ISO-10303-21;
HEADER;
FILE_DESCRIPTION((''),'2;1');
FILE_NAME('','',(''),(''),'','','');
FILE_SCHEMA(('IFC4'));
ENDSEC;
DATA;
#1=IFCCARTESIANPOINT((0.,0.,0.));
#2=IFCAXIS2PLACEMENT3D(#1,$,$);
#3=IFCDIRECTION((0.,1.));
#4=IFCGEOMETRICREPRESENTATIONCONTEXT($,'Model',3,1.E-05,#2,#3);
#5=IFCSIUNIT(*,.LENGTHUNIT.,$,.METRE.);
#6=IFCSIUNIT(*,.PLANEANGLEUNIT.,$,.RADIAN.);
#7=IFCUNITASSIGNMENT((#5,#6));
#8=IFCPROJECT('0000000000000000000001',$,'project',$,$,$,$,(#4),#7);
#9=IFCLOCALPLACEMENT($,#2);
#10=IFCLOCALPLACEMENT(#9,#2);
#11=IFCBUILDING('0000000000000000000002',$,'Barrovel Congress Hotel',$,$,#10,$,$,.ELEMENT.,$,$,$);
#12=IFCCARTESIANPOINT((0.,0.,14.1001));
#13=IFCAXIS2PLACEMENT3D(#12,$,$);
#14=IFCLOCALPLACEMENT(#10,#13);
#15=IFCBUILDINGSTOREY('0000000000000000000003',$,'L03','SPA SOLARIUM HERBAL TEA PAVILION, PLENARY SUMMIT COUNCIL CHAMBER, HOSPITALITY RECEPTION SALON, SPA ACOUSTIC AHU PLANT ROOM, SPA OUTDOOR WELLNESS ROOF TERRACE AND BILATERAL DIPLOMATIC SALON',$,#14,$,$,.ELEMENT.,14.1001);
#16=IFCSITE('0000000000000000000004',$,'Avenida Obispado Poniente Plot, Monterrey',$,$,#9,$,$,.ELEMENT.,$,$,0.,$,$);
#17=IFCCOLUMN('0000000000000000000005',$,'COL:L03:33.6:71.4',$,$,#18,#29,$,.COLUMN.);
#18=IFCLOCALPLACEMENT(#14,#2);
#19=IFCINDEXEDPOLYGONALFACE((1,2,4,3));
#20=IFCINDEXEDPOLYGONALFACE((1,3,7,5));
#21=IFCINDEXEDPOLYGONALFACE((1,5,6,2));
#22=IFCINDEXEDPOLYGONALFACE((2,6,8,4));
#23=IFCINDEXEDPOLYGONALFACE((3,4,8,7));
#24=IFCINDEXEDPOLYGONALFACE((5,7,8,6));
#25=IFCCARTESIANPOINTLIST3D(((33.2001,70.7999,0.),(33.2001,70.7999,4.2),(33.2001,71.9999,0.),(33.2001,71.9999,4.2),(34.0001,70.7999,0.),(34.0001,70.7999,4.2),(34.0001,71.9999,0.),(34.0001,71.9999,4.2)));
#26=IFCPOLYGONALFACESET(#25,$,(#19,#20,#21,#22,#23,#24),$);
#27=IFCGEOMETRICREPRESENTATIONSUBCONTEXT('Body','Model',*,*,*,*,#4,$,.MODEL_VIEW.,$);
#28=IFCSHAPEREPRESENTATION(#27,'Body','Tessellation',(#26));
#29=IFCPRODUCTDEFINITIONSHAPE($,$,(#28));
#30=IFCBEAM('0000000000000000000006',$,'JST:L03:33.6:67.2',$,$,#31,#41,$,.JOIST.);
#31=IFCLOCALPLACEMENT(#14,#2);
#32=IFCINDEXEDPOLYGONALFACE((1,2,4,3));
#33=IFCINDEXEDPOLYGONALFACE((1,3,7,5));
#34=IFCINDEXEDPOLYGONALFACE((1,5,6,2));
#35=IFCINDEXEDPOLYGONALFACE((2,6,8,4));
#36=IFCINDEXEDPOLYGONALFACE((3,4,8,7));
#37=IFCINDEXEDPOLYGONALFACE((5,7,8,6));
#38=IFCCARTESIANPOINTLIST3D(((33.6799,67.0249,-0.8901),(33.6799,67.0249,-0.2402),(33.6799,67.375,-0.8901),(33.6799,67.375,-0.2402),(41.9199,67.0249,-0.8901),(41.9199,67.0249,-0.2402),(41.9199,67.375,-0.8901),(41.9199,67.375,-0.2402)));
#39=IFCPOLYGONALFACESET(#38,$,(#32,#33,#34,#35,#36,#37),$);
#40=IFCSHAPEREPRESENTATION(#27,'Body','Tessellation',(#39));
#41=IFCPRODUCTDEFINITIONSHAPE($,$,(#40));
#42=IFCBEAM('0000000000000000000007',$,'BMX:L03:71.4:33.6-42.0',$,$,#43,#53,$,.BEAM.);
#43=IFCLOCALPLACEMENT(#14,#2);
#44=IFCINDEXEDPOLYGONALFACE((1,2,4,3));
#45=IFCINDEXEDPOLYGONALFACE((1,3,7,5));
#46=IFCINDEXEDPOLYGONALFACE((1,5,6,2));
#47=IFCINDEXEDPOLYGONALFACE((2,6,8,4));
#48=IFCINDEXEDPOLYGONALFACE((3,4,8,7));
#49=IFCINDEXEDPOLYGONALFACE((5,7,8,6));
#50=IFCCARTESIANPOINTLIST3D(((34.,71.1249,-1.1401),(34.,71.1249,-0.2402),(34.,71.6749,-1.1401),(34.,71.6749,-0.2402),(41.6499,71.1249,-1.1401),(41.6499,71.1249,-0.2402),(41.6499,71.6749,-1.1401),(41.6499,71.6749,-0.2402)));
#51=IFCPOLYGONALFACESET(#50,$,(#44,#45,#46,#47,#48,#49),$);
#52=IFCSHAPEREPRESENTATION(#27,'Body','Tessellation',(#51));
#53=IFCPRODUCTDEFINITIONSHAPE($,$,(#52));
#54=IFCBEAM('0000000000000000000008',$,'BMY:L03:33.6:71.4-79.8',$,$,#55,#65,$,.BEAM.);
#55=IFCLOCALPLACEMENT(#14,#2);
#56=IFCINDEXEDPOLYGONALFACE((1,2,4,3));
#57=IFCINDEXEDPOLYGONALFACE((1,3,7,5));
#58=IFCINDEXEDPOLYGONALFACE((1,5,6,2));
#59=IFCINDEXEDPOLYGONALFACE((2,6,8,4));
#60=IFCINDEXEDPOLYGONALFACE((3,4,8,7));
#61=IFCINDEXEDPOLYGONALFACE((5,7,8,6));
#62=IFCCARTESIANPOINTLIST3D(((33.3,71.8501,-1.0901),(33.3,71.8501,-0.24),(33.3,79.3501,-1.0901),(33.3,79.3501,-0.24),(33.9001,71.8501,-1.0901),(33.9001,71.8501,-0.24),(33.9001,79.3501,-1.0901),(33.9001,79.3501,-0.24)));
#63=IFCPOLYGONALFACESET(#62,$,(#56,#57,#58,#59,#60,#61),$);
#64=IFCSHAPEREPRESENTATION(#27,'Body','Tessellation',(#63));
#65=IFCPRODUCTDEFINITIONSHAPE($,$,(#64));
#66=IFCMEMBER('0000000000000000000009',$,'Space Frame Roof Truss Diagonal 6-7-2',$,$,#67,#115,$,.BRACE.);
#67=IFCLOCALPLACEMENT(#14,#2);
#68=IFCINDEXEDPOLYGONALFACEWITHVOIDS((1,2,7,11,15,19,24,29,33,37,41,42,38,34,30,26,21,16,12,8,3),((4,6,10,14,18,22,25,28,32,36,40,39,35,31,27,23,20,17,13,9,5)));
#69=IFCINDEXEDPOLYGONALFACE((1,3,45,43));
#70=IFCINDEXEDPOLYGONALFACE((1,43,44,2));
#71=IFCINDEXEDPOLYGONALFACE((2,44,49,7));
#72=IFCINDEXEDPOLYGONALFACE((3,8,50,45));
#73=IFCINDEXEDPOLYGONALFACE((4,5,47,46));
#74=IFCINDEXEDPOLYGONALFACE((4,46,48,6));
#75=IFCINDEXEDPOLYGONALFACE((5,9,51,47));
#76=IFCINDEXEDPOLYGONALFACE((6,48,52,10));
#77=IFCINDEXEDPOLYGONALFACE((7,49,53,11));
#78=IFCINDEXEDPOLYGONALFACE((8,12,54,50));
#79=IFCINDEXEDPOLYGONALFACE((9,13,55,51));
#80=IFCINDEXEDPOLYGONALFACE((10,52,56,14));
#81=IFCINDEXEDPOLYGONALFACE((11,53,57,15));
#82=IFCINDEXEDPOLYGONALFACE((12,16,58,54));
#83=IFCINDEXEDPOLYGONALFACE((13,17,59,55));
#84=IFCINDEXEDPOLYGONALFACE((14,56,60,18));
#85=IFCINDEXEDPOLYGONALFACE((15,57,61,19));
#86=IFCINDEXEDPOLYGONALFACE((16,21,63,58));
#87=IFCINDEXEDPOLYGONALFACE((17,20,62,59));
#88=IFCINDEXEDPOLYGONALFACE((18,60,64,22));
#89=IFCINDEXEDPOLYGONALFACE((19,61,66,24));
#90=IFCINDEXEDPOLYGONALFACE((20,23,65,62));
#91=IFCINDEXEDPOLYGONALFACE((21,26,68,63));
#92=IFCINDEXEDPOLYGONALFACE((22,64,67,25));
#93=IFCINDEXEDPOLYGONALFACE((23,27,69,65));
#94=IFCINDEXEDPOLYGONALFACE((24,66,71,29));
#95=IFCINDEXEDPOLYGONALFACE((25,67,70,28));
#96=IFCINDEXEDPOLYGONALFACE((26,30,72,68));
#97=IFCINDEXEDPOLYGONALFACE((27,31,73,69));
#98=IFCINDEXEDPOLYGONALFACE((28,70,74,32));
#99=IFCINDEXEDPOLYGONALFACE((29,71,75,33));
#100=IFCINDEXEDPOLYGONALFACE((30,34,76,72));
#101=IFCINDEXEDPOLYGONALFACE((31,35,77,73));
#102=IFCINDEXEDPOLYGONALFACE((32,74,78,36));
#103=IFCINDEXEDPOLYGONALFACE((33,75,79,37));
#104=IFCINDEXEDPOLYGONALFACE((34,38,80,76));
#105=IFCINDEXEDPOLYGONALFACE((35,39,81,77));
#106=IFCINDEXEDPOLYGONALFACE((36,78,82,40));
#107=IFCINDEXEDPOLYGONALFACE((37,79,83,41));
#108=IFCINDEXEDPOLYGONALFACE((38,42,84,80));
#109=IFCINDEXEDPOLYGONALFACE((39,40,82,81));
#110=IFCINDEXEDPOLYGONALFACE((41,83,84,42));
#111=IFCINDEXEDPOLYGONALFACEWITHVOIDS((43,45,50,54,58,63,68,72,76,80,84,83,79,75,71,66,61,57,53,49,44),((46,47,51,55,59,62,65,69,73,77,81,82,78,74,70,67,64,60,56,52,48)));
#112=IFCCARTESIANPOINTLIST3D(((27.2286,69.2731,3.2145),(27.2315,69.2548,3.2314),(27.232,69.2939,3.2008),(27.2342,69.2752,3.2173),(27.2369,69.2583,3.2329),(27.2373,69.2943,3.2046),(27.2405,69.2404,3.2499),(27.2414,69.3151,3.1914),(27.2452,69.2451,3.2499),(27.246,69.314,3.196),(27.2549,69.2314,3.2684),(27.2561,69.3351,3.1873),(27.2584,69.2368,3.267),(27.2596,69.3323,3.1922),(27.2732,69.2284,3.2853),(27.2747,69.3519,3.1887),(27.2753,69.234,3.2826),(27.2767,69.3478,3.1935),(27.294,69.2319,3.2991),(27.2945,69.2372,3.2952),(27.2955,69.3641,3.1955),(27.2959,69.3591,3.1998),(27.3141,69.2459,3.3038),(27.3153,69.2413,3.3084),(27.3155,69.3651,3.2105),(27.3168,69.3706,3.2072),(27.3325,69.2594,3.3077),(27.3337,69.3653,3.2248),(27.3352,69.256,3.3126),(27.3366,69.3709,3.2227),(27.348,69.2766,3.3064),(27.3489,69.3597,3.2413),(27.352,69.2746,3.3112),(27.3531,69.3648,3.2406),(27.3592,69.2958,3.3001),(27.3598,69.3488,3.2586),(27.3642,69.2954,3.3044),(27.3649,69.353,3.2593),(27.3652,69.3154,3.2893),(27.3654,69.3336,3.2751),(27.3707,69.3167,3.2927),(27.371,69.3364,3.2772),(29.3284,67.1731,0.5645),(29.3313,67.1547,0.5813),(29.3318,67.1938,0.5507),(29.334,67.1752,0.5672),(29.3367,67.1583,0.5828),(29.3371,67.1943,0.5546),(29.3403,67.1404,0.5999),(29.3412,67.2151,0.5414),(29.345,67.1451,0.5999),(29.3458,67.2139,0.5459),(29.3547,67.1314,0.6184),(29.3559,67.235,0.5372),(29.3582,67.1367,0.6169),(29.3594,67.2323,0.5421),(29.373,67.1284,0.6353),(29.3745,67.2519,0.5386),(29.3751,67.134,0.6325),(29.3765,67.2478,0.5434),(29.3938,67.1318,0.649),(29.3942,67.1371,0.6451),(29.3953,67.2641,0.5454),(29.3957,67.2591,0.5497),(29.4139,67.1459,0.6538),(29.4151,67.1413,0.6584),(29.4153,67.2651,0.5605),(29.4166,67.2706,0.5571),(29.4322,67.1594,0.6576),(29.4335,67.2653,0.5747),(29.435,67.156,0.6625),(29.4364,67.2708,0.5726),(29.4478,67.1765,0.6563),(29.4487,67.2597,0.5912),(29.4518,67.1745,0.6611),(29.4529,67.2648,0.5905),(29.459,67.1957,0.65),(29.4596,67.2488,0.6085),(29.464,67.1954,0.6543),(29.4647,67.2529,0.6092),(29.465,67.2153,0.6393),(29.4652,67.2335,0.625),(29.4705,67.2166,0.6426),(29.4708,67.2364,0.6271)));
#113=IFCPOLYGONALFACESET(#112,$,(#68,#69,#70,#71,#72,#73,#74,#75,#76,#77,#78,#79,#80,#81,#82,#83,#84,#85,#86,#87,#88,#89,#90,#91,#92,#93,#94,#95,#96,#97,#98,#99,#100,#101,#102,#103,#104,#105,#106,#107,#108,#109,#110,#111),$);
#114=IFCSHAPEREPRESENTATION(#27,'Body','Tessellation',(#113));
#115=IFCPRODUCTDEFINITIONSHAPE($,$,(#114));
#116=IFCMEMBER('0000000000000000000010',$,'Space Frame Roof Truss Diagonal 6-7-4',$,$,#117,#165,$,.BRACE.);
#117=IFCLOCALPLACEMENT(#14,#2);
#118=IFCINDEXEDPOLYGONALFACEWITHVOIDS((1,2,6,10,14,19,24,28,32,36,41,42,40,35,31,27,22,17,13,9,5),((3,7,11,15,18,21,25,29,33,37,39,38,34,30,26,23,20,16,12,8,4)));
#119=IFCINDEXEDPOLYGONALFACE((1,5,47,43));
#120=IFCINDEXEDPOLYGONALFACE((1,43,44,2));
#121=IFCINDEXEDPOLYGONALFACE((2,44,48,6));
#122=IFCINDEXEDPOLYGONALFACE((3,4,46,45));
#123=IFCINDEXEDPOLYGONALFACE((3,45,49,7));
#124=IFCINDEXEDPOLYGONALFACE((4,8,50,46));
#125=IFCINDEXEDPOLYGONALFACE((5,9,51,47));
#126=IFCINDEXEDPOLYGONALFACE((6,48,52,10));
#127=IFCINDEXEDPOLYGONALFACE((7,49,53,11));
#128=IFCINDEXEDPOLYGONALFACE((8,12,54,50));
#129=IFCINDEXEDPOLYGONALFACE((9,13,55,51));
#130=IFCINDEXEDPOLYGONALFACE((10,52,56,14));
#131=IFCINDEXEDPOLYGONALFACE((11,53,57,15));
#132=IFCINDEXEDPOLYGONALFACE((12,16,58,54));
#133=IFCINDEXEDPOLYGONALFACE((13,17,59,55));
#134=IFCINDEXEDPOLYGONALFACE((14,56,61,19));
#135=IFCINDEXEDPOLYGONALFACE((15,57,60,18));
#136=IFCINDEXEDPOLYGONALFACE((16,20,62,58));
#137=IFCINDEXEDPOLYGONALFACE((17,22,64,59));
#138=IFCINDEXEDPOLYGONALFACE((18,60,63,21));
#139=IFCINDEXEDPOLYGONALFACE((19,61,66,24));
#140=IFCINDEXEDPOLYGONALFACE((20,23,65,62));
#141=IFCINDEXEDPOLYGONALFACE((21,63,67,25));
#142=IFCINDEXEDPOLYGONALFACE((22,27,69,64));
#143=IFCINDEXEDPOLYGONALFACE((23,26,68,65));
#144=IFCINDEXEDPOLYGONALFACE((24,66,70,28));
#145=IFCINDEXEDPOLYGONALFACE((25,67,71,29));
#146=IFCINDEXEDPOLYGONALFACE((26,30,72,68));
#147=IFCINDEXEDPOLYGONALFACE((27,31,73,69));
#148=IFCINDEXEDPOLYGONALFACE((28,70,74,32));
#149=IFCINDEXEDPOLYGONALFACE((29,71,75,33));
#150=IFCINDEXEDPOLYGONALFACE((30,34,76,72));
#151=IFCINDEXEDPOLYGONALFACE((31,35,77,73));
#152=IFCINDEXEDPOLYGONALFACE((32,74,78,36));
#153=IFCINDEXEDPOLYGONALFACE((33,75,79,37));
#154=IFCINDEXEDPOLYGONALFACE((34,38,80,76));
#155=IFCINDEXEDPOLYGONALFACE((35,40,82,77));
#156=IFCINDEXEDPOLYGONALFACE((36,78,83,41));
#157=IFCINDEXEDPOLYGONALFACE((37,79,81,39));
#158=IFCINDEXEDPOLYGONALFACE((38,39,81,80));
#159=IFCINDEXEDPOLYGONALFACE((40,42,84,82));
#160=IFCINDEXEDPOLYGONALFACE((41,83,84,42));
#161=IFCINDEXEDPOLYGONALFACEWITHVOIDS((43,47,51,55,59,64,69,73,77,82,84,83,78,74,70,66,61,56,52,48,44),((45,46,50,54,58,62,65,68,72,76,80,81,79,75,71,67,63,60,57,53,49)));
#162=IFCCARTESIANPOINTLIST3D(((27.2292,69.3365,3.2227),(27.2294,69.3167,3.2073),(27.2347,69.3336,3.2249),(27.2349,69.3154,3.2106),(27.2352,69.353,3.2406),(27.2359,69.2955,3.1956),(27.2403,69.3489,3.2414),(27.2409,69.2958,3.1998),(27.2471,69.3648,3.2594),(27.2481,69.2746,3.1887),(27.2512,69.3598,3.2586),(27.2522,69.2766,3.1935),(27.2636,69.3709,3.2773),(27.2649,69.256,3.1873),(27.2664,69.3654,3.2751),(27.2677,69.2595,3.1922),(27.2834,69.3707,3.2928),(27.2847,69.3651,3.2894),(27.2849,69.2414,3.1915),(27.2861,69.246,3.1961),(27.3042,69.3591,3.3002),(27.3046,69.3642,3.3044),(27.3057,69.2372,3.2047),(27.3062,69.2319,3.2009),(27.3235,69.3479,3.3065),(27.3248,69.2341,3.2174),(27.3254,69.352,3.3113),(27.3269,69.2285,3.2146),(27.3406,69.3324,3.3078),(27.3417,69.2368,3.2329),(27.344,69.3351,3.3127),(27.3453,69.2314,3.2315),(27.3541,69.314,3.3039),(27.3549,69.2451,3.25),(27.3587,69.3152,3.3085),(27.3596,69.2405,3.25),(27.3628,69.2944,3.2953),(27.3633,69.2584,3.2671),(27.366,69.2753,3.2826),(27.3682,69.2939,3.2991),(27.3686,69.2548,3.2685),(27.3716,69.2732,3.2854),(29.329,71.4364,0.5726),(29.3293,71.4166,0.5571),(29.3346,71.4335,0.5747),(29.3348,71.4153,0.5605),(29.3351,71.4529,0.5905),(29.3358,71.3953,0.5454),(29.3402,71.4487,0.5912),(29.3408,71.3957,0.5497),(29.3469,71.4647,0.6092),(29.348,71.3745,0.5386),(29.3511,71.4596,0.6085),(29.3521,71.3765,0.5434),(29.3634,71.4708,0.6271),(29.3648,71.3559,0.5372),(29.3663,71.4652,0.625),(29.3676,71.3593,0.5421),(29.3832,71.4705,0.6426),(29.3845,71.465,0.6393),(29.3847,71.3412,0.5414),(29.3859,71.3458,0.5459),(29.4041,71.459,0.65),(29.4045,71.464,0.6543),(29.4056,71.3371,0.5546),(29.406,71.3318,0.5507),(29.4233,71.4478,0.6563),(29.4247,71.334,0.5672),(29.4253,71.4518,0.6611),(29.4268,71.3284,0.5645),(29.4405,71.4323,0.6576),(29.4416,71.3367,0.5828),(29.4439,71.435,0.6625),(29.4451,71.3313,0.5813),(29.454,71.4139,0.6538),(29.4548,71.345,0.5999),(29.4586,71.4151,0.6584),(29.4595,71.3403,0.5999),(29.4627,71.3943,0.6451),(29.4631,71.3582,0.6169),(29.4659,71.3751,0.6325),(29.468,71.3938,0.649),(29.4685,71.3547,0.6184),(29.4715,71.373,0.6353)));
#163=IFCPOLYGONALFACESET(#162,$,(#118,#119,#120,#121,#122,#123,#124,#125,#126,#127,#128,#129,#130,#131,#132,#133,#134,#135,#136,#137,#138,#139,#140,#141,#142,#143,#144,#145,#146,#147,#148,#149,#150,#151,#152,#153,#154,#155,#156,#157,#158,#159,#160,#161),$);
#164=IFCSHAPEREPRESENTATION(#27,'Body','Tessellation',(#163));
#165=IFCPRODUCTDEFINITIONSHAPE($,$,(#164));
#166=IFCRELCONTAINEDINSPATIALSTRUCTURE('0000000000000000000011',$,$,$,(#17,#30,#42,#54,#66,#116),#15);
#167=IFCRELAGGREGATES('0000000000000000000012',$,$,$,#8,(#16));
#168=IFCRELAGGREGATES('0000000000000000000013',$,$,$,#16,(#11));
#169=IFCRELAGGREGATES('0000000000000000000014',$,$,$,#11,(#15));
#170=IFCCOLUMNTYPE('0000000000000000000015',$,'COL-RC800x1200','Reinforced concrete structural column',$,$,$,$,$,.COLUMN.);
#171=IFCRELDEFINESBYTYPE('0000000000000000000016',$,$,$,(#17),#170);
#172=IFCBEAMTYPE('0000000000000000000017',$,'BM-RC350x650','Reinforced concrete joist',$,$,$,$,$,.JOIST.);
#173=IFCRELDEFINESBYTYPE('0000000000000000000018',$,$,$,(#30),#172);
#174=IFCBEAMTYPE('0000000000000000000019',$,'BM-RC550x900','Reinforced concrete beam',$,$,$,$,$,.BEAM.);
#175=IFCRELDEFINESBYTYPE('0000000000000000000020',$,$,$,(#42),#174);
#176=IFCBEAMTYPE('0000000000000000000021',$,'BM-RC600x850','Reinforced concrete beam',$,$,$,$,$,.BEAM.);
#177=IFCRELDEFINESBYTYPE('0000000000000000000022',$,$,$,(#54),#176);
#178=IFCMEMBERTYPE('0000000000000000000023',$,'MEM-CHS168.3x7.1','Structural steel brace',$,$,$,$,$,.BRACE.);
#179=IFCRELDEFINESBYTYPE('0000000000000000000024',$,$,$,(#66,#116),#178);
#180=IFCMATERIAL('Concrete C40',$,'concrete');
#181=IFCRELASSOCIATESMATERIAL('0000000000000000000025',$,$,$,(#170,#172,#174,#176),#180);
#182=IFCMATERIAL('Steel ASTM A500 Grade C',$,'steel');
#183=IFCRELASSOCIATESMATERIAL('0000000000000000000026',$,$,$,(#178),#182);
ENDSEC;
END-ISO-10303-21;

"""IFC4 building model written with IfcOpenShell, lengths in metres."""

from ifc_helpers import new_model, si_unit, direction, frame, origin, origin_2d, place, context, subcontext, project, spatial, rectangle, hollow_circle, extrude, material, material_profile, profile_set, type_object, element, save


model = new_model("IFC4")

# Units and contexts
model_context = context("Model", 3, precision=1e-05, world=origin(), true_north=direction((0.0, 1.0)))
body_context = subcontext(model_context, "Body", "Model", "MODEL_VIEW")
ifc_project = project(units=[si_unit("LENGTHUNIT", "METRE"), si_unit("PLANEANGLEUNIT", "RADIAN")], contexts=[model_context])

# Site, building, storey
site_placement = place(None, origin())
site = spatial("IfcSite", under=ifc_project, at=site_placement, Name="Avenida Obispado Poniente Plot, Monterrey", CompositionType="ELEMENT", RefElevation=0.0)
building_placement = place(site_placement, origin())
building = spatial("IfcBuilding", under=site, at=building_placement, Name="Barrovel Congress Hotel", CompositionType="ELEMENT")
storey_placement = place(building_placement, frame((0.0, 0.0, 14.1001)))
storey = spatial("IfcBuildingStorey", under=building, at=storey_placement, Name="L03", Description="SPA SOLARIUM HERBAL TEA PAVILION, PLENARY SUMMIT COUNCIL CHAMBER, HOSPITALITY RECEPTION SALON, SPA ACOUSTIC AHU PLANT ROOM, SPA OUTDOOR WELLNESS ROOF TERRACE AND BILATERAL DIPLOMATIC SALON", CompositionType="ELEMENT", Elevation=14.1001)

# Column
ifc_material_1 = material(Name="Concrete C40", Category="concrete")
ifc_material_profile_1 = material_profile(ifc_material_1, rectangle(XDim=0.8, YDim=1.2, at=origin_2d()), Name="RC800x1200")
ifc_profile_set_1 = profile_set([ifc_material_profile_1], Name="Concrete C40")
column_type = type_object("IfcColumnType", Name="COL-RC800x1200", Description="Reinforced concrete structural column", PredefinedType="COLUMN", material=ifc_profile_set_1)
column_placement = place(storey_placement, frame((33.6001, 71.3999, 0.0), z_axis=(0.0, 0.0, 1.0), x_axis=(1.0, 0.0, 0.0)))
element("IfcColumn", 1, at=column_placement, inside=storey, type_object=column_type, Name="COL:L03:33.6:71.4", PredefinedType="COLUMN", context=body_context, shape_type="SweptSolid", body=[
    extrude(rectangle(XDim=0.8, YDim=1.2, at=origin_2d()), origin(), (0.0, 0.0, 1.0), 4.2),
])

# Beams
ifc_material_profile_2 = material_profile(ifc_material_1, rectangle(XDim=0.3501, YDim=0.6499, at=origin_2d()), Name="RC350x650")
ifc_profile_set_2 = profile_set([ifc_material_profile_2], Name="Concrete C40")
beam_type_1 = type_object("IfcBeamType", Name="BM-RC350x650", Description="Reinforced concrete joist", PredefinedType="JOIST", material=ifc_profile_set_2)
beam_1_placement = place(storey_placement, frame((33.6799, 67.2, -0.5652), z_axis=(1.0, 0.0, 0.0), x_axis=(0.0, 1.0, 0.0)))
element("IfcBeam", 2, at=beam_1_placement, inside=storey, type_object=beam_type_1, Name="JST:L03:33.6:67.2", PredefinedType="JOIST", context=body_context, shape_type="SweptSolid", body=[
    extrude(rectangle(XDim=0.3501, YDim=0.6499, at=origin_2d()), origin(), (0.0, 0.0, 1.0), 8.24),
])
ifc_material_profile_3 = material_profile(ifc_material_1, rectangle(XDim=0.55, YDim=0.8999, at=origin_2d()), Name="RC550x900")
ifc_profile_set_3 = profile_set([ifc_material_profile_3], Name="Concrete C40")
beam_type_2 = type_object("IfcBeamType", Name="BM-RC550x900", Description="Reinforced concrete beam", PredefinedType="BEAM", material=ifc_profile_set_3)
beam_2_placement = place(storey_placement, frame((34.0, 71.3999, -0.6902), z_axis=(1.0, 0.0, 0.0), x_axis=(0.0, 1.0, 0.0)))
element("IfcBeam", 3, at=beam_2_placement, inside=storey, type_object=beam_type_2, Name="BMX:L03:71.4:33.6-42.0", PredefinedType="BEAM", context=body_context, shape_type="SweptSolid", body=[
    extrude(rectangle(XDim=0.55, YDim=0.8999, at=origin_2d()), origin(), (0.0, 0.0, 1.0), 7.6499),
])
ifc_material_profile_4 = material_profile(ifc_material_1, rectangle(XDim=0.6001, YDim=0.8501, at=origin_2d()), Name="RC600x850")
ifc_profile_set_4 = profile_set([ifc_material_profile_4], Name="Concrete C40")
beam_type_3 = type_object("IfcBeamType", Name="BM-RC600x850", Description="Reinforced concrete beam", PredefinedType="BEAM", material=ifc_profile_set_4)
beam_3_placement = place(storey_placement, frame((33.6001, 71.8501, -0.665), z_axis=(0.0, 1.0, 0.0), x_axis=(-1.0, 0.0, 0.0)))
element("IfcBeam", 4, at=beam_3_placement, inside=storey, type_object=beam_type_3, Name="BMY:L03:33.6:71.4-79.8", PredefinedType="BEAM", context=body_context, shape_type="SweptSolid", body=[
    extrude(rectangle(XDim=0.6001, YDim=0.8501, at=origin_2d()), origin(), (0.0, 0.0, 1.0), 7.5),
])

# Members
ifc_material_2 = material(Name="Steel ASTM A500 Grade C", Category="steel")
ifc_material_profile_5 = material_profile(ifc_material_2, hollow_circle(Radius=0.0842, WallThickness=0.0066, at=origin_2d()), Name="CHS168.3x7.1")
ifc_profile_set_5 = profile_set([ifc_material_profile_5], Name="Steel ASTM A500 Grade C")
member_type_1 = type_object("IfcMemberType", Name="MEM-CHS168.3x7.1", Description="Structural steel brace", PredefinedType="BRACE", material=ifc_profile_set_5)
for number, where, z_axis, x_axis, name in (
    (5, (29.3999, 67.2, 0.5999), (-0.527557, 0.527618, 0.66581), (-0.707148, -0.707066, 0.0), "Space Frame Roof Truss Diagonal 6-7-2"),
    (6, (29.3999, 71.3999, 0.5999), (-0.527574, -0.527574, 0.665831), (0.707107, -0.707107, 0.0), "Space Frame Roof Truss Diagonal 6-7-4"),
):
    element("IfcMember", number, at=place(storey_placement, frame(where, z_axis=z_axis, x_axis=x_axis)), inside=storey, type_object=member_type_1, Name=name, PredefinedType="BRACE", context=body_context, shape_type="SweptSolid", body=[
        extrude(hollow_circle(Radius=0.0842, WallThickness=0.0066, at=origin_2d()), origin(), (0.0, 0.0, 1.0), 3.9802),
    ])

save(model, "model.ifc")
